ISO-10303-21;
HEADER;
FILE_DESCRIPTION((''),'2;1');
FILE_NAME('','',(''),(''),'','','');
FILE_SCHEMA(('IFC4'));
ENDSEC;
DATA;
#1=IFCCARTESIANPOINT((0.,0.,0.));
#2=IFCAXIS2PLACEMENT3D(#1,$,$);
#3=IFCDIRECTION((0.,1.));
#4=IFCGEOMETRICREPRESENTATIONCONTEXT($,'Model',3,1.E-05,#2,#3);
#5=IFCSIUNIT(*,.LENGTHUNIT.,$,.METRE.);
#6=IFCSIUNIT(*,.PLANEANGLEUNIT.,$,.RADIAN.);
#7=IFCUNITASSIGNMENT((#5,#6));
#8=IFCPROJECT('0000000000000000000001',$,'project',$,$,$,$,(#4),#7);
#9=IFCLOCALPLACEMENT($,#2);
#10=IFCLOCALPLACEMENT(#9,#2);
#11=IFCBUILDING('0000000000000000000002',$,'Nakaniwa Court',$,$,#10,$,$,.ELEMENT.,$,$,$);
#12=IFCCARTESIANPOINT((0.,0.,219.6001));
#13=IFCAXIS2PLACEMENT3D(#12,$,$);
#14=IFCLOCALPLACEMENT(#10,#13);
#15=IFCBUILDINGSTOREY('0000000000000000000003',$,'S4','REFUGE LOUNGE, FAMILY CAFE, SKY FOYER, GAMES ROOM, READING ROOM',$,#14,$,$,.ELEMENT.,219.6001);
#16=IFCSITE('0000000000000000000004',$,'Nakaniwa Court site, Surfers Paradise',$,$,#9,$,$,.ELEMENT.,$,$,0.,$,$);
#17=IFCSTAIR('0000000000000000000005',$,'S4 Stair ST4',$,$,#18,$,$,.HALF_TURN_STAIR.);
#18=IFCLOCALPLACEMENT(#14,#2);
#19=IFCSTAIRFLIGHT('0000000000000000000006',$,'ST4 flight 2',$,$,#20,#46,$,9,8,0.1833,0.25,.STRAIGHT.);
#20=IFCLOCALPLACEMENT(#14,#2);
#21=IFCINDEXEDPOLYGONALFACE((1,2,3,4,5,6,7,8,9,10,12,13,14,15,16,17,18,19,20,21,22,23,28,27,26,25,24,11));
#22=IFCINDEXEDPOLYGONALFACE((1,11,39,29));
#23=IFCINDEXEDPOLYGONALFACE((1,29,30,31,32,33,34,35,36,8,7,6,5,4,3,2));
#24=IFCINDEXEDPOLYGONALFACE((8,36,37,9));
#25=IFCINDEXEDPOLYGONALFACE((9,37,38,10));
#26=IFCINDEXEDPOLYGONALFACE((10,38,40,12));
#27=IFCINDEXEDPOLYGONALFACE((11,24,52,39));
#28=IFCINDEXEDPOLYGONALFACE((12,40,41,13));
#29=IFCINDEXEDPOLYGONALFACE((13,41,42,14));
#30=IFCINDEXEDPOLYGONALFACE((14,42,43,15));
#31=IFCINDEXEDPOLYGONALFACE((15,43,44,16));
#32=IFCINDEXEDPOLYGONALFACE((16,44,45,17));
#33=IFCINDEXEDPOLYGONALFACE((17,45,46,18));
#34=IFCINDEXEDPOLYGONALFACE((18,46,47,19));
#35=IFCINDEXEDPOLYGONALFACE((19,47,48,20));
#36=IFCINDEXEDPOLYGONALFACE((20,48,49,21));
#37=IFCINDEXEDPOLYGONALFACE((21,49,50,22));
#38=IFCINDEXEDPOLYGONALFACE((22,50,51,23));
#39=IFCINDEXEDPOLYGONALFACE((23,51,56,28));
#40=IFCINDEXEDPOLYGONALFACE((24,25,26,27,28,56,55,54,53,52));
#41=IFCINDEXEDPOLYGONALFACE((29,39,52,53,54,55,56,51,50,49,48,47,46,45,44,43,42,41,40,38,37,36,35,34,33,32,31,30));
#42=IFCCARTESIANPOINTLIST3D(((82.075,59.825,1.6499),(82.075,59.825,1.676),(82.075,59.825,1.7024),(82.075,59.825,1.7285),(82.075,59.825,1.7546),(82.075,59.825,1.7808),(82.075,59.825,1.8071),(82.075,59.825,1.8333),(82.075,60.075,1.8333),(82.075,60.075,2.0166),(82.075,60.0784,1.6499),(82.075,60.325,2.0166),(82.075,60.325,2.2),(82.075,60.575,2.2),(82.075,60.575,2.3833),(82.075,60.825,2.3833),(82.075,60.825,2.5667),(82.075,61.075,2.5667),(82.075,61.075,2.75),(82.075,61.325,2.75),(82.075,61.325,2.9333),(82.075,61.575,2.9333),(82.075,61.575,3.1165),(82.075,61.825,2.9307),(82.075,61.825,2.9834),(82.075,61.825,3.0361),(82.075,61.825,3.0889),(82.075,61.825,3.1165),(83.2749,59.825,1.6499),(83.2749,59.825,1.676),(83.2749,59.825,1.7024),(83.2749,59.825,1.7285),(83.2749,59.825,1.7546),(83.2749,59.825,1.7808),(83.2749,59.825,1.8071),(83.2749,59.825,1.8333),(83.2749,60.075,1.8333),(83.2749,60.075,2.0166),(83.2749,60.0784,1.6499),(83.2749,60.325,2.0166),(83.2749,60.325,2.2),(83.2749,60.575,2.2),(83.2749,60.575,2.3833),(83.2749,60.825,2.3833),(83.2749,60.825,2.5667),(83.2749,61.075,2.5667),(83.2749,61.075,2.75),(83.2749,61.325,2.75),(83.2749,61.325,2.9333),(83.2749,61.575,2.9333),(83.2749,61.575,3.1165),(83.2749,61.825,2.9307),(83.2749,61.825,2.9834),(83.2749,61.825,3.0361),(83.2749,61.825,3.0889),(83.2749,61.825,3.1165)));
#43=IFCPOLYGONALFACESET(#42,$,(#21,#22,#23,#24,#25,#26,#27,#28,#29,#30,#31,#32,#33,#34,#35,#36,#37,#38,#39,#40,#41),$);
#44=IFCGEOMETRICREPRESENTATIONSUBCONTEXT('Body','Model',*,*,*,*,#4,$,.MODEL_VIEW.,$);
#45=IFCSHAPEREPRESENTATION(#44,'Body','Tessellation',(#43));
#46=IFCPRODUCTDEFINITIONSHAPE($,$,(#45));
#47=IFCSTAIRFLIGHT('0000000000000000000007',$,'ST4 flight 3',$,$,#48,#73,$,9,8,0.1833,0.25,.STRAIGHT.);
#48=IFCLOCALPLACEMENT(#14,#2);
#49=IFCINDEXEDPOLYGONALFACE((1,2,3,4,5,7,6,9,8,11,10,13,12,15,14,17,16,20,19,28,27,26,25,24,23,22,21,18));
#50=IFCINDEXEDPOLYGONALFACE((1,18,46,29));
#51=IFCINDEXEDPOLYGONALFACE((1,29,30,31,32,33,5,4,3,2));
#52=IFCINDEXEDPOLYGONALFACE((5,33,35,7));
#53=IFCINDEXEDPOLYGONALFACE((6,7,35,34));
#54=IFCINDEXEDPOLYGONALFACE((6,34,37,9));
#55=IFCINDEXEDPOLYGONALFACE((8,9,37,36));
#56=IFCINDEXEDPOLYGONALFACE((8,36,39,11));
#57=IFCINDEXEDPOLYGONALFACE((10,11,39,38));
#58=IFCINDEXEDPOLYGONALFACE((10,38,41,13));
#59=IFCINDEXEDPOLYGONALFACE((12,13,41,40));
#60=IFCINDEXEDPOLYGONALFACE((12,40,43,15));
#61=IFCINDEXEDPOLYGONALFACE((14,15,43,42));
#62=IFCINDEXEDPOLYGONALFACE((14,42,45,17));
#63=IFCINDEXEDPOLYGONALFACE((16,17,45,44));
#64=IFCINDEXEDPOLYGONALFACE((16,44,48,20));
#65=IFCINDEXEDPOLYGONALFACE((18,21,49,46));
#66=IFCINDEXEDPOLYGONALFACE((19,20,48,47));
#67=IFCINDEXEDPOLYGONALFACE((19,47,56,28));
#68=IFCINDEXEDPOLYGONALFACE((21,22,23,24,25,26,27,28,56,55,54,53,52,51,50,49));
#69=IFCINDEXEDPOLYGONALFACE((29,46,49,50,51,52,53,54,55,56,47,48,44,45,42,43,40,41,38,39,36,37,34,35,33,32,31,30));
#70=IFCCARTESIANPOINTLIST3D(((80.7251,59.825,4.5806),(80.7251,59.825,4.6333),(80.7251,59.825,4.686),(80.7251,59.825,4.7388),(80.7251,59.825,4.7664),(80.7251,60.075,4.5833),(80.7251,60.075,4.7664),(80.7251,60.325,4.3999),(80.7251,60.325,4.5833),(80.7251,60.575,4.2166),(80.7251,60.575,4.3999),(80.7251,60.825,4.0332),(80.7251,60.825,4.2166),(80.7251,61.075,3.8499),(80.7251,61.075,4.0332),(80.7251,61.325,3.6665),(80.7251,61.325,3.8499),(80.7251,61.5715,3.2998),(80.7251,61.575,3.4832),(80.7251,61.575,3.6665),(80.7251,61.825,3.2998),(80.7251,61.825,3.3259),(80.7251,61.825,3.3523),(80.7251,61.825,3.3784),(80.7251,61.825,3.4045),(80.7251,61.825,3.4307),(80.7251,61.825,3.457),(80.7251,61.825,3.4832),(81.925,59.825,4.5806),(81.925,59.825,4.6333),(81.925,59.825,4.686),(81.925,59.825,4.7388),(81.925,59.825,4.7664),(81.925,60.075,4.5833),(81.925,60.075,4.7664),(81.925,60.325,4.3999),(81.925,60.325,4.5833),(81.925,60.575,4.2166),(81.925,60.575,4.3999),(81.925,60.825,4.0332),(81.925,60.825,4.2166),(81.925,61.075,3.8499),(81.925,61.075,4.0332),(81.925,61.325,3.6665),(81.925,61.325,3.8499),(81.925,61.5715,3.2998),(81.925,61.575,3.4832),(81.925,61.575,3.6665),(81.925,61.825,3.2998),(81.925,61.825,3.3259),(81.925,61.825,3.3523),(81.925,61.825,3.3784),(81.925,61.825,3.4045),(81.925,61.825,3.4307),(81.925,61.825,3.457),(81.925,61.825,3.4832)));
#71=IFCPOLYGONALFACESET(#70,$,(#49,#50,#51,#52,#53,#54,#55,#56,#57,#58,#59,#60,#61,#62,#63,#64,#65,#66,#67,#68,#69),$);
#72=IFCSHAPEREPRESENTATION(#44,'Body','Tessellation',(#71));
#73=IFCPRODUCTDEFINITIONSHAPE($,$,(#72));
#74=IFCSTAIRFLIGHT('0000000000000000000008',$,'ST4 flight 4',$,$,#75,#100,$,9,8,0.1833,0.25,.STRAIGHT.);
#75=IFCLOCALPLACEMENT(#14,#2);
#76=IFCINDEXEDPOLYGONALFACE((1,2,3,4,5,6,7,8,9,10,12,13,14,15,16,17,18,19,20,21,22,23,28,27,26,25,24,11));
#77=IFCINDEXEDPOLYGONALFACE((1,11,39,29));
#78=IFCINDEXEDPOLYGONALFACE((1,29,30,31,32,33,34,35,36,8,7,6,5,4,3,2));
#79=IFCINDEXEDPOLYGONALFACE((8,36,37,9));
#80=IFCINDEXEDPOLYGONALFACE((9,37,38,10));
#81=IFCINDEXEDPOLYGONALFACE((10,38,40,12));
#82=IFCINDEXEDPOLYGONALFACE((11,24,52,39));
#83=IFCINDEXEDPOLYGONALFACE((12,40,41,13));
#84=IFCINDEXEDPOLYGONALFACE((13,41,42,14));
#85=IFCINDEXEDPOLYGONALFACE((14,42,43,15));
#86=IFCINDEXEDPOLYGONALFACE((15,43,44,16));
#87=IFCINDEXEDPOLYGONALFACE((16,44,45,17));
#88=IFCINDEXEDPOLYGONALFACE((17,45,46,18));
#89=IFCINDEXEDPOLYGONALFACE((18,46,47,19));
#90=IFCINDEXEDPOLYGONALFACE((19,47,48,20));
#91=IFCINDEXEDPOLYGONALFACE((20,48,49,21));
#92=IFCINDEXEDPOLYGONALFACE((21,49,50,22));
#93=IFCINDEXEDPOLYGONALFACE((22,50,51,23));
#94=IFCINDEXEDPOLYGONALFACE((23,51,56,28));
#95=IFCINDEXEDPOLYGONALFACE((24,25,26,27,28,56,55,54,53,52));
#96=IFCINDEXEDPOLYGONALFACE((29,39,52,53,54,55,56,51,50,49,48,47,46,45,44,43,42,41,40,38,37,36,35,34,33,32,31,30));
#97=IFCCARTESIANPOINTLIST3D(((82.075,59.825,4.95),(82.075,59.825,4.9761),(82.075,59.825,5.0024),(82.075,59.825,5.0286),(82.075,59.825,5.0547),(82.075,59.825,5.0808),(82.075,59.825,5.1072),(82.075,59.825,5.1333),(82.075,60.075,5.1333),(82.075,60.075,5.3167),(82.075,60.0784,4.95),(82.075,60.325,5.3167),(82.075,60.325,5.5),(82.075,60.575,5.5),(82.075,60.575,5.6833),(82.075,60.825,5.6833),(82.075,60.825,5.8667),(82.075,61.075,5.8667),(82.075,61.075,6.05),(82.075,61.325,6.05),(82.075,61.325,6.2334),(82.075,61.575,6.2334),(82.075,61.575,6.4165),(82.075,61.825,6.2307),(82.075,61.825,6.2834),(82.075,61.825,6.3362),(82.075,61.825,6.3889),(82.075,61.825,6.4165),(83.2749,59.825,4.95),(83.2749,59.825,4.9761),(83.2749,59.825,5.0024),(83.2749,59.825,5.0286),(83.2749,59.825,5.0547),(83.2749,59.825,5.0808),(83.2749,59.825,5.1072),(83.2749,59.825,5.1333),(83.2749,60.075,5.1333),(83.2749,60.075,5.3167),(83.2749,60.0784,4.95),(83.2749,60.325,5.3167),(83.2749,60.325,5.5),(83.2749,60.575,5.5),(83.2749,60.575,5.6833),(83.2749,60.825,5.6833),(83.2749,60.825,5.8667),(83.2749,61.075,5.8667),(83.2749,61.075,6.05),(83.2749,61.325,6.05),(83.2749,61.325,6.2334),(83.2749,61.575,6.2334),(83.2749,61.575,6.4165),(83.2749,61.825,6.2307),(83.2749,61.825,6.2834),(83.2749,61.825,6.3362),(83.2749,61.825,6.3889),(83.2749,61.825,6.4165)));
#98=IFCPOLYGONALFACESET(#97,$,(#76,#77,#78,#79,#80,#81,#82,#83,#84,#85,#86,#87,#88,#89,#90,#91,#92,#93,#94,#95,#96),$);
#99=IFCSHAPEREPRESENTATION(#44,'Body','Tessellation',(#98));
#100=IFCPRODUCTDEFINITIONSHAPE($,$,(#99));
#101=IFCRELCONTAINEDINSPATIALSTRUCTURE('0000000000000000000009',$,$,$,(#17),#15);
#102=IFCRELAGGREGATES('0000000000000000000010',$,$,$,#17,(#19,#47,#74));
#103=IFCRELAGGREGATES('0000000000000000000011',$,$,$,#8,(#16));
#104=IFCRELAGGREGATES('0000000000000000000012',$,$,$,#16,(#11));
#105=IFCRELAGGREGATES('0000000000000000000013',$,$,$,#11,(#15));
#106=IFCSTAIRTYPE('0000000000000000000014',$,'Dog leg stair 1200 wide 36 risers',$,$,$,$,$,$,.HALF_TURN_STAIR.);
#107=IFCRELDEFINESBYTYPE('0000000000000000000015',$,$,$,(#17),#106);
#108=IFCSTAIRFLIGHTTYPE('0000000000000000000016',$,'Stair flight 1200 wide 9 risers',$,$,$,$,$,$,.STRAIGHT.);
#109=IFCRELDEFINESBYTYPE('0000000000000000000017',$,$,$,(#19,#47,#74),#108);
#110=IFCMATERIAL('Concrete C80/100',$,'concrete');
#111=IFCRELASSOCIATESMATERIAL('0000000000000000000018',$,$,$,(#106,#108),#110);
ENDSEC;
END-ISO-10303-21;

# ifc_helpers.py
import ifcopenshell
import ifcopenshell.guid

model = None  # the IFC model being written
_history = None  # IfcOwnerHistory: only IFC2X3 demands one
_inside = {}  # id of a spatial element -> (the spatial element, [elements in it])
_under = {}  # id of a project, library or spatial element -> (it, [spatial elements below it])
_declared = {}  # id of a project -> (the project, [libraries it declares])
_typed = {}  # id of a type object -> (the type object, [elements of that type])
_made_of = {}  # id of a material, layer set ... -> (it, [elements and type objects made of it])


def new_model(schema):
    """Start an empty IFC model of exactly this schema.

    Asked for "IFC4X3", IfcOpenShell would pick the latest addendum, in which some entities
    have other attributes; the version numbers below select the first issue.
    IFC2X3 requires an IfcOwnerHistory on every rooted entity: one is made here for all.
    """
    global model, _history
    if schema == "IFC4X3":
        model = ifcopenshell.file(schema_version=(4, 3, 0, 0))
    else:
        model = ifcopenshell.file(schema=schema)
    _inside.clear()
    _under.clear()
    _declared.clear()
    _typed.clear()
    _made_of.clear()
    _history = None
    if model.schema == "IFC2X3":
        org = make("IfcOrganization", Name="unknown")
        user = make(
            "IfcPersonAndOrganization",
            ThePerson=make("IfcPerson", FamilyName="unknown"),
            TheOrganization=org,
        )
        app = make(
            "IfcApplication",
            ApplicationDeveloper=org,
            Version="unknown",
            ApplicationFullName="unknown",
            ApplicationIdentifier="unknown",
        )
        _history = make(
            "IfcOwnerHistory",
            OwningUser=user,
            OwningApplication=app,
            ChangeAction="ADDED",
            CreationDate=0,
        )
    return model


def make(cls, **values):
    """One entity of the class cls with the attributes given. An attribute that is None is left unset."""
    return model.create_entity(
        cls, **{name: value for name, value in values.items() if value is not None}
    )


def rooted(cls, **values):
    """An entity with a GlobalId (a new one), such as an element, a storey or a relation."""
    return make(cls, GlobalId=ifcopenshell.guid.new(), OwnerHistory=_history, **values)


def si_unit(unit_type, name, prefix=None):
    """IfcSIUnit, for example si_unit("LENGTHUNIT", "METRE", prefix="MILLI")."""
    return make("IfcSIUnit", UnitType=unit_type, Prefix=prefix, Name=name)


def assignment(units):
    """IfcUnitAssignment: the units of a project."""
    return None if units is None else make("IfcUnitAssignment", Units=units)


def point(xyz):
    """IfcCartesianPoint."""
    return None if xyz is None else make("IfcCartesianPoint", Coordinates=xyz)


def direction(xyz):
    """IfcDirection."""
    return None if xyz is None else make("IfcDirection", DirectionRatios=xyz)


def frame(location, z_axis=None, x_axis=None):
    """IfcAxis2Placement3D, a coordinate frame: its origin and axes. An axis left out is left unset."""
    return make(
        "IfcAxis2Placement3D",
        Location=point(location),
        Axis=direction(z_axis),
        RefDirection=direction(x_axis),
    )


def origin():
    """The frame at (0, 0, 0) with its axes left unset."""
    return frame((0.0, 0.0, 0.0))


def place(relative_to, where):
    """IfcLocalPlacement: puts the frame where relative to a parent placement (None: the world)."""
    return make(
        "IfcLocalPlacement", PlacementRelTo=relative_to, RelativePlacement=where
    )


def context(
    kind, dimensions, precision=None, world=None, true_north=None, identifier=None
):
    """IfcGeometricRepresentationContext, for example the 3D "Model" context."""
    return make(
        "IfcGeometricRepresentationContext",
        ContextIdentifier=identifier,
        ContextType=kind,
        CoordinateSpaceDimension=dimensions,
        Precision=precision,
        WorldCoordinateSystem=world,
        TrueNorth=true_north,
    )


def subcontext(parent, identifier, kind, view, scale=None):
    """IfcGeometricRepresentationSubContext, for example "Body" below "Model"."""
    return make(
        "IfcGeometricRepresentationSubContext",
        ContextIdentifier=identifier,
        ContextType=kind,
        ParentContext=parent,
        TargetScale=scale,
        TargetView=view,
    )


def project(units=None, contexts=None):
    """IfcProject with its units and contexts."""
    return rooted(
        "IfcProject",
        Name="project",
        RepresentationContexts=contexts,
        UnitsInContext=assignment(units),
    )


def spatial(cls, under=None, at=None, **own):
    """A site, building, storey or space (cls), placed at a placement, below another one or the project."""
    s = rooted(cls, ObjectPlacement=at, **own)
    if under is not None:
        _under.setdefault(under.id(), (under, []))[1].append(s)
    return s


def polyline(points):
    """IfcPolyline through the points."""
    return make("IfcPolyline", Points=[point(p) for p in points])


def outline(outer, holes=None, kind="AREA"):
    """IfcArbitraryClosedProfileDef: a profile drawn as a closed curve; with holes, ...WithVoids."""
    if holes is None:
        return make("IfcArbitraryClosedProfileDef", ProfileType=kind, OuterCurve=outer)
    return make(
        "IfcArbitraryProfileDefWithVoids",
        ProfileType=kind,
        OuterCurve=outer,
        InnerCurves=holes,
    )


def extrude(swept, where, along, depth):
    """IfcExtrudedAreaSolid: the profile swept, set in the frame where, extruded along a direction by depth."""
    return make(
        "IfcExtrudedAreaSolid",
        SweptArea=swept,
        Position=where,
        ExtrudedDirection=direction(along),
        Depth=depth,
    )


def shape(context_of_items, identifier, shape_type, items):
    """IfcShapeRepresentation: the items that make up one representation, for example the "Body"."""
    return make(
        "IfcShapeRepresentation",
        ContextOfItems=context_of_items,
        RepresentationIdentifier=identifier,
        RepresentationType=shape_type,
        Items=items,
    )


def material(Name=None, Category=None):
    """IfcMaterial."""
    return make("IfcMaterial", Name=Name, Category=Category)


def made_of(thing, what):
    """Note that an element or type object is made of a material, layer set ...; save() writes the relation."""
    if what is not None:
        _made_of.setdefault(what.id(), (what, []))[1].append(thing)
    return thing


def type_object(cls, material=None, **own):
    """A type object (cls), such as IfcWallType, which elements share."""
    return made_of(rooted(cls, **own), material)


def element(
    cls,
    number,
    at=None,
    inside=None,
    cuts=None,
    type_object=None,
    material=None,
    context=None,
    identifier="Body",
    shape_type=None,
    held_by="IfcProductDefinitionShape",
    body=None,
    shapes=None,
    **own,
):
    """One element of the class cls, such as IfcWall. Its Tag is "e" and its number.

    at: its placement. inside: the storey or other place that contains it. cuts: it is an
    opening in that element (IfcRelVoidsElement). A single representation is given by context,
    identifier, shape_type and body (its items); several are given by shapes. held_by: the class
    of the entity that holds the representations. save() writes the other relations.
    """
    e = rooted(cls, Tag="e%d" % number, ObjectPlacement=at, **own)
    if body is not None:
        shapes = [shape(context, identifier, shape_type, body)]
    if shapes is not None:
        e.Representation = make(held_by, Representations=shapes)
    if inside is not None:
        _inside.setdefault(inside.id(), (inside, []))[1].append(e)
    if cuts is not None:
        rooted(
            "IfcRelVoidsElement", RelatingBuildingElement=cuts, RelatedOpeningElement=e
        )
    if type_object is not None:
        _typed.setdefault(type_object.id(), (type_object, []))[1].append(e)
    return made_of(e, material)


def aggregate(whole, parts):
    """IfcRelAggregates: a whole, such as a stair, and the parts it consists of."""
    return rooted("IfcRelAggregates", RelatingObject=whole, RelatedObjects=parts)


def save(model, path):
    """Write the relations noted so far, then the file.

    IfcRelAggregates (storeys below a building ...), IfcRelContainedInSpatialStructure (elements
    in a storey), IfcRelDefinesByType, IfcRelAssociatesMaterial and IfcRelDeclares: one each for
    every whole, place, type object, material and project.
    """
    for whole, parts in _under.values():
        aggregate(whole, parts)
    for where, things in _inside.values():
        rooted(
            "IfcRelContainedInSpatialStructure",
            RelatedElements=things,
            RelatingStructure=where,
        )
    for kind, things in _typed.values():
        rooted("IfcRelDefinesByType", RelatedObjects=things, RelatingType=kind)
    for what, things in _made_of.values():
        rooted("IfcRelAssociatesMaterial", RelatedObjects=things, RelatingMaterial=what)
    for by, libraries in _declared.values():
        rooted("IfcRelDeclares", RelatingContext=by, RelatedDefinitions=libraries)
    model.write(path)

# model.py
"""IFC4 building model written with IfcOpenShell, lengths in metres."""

from ifc_helpers import new_model, si_unit, direction, frame, origin, place, context, subcontext, project, spatial, polyline, outline, extrude, material, type_object, element, aggregate, save


model = new_model("IFC4")

# Units and contexts
model_context = context("Model", 3, precision=1e-05, world=origin(), true_north=direction((0.0, 1.0)))
body_context = subcontext(model_context, "Body", "Model", "MODEL_VIEW")
ifc_project = project(units=[si_unit("LENGTHUNIT", "METRE"), si_unit("PLANEANGLEUNIT", "RADIAN")], contexts=[model_context])

# Site, building, storey
site_placement = place(None, origin())
site = spatial("IfcSite", under=ifc_project, at=site_placement, Name="Nakaniwa Court site, Surfers Paradise", CompositionType="ELEMENT", RefElevation=0.0)
building_placement = place(site_placement, origin())
building = spatial("IfcBuilding", under=site, at=building_placement, Name="Nakaniwa Court", CompositionType="ELEMENT")
storey_placement = place(building_placement, frame((0.0, 0.0, 219.6001)))
storey = spatial("IfcBuildingStorey", under=building, at=storey_placement, Name="S4", Description="REFUGE LOUNGE, FAMILY CAFE, SKY FOYER, GAMES ROOM, READING ROOM", CompositionType="ELEMENT", Elevation=219.6001)

# Shared definitions
ifc_material_1 = material(Name="Concrete C80/100", Category="concrete")

# Stair, stair flights
stair_type = type_object("IfcStairType", Name="Dog leg stair 1200 wide 36 risers", PredefinedType="HALF_TURN_STAIR", material=ifc_material_1)
stair_placement = place(storey_placement, origin())
stair = element("IfcStair", 1, at=stair_placement, inside=storey, type_object=stair_type, Name="S4 Stair ST4", PredefinedType="HALF_TURN_STAIR")
stair_flight_type = type_object("IfcStairFlightType", Name="Stair flight 1200 wide 9 risers", PredefinedType="STRAIGHT", material=ifc_material_1)
stair_flight_1_placement = place(storey_placement, frame((82.675, 59.825, 1.6499), z_axis=(0.0, 0.0, 1.0), x_axis=(0.0, 1.0, 0.0)))
stair_flight_1 = element("IfcStairFlight", 2, at=stair_flight_1_placement, type_object=stair_flight_type, Name="ST4 flight 2", NumberOfRisers=9, NumberOfTreads=8, PredefinedType="STRAIGHT", RiserHeight=0.1833, TreadLength=0.25, context=body_context, shape_type="SweptSolid", body=[
    extrude(outline(polyline([(0.0, 0.0), (0.0, 0.0261), (0.0, 0.0525), (0.0, 0.0786), (0.0, 0.1047), (0.0, 0.1309), (0.0, 0.1572), (0.0, 0.1833), (0.25, 0.1833), (0.25, 0.3667), (0.5, 0.3667), (0.5, 0.55), (0.75, 0.55), (0.75, 0.7334), (1.0, 0.7334), (1.0, 0.9167), (1.25, 0.9167), (1.25, 1.1001), (1.5, 1.1001), (1.5, 1.2834), (1.75, 1.2834), (1.75, 1.4666), (2.0, 1.4666), (2.0, 1.6499), (2.0, 1.5972), (2.0, 1.5444), (2.0, 1.4917), (2.0, 1.439), (2.0, 1.3862), (2.0, 1.3335), (2.0, 1.2808), (0.2534, 0.0), (0.0, 0.0)])), frame((0.0, 0.6001, 0.0), z_axis=(0.0, -1.0, 0.0), x_axis=(1.0, 0.0, 0.0)), (0.0, 0.0, 1.0), 1.2),
])
stair_flight_2_placement = place(storey_placement, frame((81.325, 61.825, 3.2998), z_axis=(0.0, 0.0, 1.0), x_axis=(0.0, -1.0, 0.0)))
stair_flight_2 = element("IfcStairFlight", 3, at=stair_flight_2_placement, type_object=stair_flight_type, Name="ST4 flight 3", NumberOfRisers=9, NumberOfTreads=8, PredefinedType="STRAIGHT", RiserHeight=0.1833, TreadLength=0.25, context=body_context, shape_type="SweptSolid", body=[
    extrude(outline(polyline([(0.0, 0.0), (0.0, 0.0261), (0.0, 0.0525), (0.0, 0.0786), (0.0, 0.1047), (0.0, 0.1309), (0.0, 0.1572), (0.0, 0.1833), (0.25, 0.1833), (0.25, 0.3667), (0.5, 0.3667), (0.5, 0.55), (0.75, 0.55), (0.75, 0.7334), (1.0, 0.7334), (1.0, 0.9167), (1.25, 0.9167), (1.25, 1.1001), (1.5, 1.1001), (1.5, 1.2834), (1.75, 1.2834), (1.75, 1.4666), (2.0, 1.4666), (2.0, 1.6499), (2.0, 1.5972), (2.0, 1.5444), (2.0, 1.4917), (2.0, 1.439), (2.0, 1.3862), (2.0, 1.3335), (2.0, 1.2808), (0.2534, 0.0), (0.0, 0.0)])), frame((0.0, 0.6001, 0.0), z_axis=(0.0, -1.0, 0.0), x_axis=(1.0, 0.0, 0.0)), (0.0, 0.0, 1.0), 1.2),
])
stair_flight_3_placement = place(storey_placement, frame((82.675, 59.825, 4.95), z_axis=(0.0, 0.0, 1.0), x_axis=(0.0, 1.0, 0.0)))
stair_flight_3 = element("IfcStairFlight", 4, at=stair_flight_3_placement, type_object=stair_flight_type, Name="ST4 flight 4", NumberOfRisers=9, NumberOfTreads=8, PredefinedType="STRAIGHT", RiserHeight=0.1833, TreadLength=0.25, context=body_context, shape_type="SweptSolid", body=[
    extrude(outline(polyline([(0.0, 0.0), (0.0, 0.0261), (0.0, 0.0525), (0.0, 0.0786), (0.0, 0.1047), (0.0, 0.1309), (0.0, 0.1572), (0.0, 0.1833), (0.25, 0.1833), (0.25, 0.3667), (0.5, 0.3667), (0.5, 0.55), (0.75, 0.55), (0.75, 0.7334), (1.0, 0.7334), (1.0, 0.9167), (1.25, 0.9167), (1.25, 1.1001), (1.5, 1.1001), (1.5, 1.2834), (1.75, 1.2834), (1.75, 1.4666), (2.0, 1.4666), (2.0, 1.6499), (2.0, 1.5972), (2.0, 1.5444), (2.0, 1.4917), (2.0, 1.439), (2.0, 1.3862), (2.0, 1.3335), (2.0, 1.2808), (0.2534, 0.0), (0.0, 0.0)])), frame((0.0, 0.6001, 0.0), z_axis=(0.0, -1.0, 0.0), x_axis=(1.0, 0.0, 0.0)), (0.0, 0.0, 1.0), 1.2),
])
aggregate(stair, [stair_flight_1, stair_flight_2, stair_flight_3])

save(model, "model.ifc")
